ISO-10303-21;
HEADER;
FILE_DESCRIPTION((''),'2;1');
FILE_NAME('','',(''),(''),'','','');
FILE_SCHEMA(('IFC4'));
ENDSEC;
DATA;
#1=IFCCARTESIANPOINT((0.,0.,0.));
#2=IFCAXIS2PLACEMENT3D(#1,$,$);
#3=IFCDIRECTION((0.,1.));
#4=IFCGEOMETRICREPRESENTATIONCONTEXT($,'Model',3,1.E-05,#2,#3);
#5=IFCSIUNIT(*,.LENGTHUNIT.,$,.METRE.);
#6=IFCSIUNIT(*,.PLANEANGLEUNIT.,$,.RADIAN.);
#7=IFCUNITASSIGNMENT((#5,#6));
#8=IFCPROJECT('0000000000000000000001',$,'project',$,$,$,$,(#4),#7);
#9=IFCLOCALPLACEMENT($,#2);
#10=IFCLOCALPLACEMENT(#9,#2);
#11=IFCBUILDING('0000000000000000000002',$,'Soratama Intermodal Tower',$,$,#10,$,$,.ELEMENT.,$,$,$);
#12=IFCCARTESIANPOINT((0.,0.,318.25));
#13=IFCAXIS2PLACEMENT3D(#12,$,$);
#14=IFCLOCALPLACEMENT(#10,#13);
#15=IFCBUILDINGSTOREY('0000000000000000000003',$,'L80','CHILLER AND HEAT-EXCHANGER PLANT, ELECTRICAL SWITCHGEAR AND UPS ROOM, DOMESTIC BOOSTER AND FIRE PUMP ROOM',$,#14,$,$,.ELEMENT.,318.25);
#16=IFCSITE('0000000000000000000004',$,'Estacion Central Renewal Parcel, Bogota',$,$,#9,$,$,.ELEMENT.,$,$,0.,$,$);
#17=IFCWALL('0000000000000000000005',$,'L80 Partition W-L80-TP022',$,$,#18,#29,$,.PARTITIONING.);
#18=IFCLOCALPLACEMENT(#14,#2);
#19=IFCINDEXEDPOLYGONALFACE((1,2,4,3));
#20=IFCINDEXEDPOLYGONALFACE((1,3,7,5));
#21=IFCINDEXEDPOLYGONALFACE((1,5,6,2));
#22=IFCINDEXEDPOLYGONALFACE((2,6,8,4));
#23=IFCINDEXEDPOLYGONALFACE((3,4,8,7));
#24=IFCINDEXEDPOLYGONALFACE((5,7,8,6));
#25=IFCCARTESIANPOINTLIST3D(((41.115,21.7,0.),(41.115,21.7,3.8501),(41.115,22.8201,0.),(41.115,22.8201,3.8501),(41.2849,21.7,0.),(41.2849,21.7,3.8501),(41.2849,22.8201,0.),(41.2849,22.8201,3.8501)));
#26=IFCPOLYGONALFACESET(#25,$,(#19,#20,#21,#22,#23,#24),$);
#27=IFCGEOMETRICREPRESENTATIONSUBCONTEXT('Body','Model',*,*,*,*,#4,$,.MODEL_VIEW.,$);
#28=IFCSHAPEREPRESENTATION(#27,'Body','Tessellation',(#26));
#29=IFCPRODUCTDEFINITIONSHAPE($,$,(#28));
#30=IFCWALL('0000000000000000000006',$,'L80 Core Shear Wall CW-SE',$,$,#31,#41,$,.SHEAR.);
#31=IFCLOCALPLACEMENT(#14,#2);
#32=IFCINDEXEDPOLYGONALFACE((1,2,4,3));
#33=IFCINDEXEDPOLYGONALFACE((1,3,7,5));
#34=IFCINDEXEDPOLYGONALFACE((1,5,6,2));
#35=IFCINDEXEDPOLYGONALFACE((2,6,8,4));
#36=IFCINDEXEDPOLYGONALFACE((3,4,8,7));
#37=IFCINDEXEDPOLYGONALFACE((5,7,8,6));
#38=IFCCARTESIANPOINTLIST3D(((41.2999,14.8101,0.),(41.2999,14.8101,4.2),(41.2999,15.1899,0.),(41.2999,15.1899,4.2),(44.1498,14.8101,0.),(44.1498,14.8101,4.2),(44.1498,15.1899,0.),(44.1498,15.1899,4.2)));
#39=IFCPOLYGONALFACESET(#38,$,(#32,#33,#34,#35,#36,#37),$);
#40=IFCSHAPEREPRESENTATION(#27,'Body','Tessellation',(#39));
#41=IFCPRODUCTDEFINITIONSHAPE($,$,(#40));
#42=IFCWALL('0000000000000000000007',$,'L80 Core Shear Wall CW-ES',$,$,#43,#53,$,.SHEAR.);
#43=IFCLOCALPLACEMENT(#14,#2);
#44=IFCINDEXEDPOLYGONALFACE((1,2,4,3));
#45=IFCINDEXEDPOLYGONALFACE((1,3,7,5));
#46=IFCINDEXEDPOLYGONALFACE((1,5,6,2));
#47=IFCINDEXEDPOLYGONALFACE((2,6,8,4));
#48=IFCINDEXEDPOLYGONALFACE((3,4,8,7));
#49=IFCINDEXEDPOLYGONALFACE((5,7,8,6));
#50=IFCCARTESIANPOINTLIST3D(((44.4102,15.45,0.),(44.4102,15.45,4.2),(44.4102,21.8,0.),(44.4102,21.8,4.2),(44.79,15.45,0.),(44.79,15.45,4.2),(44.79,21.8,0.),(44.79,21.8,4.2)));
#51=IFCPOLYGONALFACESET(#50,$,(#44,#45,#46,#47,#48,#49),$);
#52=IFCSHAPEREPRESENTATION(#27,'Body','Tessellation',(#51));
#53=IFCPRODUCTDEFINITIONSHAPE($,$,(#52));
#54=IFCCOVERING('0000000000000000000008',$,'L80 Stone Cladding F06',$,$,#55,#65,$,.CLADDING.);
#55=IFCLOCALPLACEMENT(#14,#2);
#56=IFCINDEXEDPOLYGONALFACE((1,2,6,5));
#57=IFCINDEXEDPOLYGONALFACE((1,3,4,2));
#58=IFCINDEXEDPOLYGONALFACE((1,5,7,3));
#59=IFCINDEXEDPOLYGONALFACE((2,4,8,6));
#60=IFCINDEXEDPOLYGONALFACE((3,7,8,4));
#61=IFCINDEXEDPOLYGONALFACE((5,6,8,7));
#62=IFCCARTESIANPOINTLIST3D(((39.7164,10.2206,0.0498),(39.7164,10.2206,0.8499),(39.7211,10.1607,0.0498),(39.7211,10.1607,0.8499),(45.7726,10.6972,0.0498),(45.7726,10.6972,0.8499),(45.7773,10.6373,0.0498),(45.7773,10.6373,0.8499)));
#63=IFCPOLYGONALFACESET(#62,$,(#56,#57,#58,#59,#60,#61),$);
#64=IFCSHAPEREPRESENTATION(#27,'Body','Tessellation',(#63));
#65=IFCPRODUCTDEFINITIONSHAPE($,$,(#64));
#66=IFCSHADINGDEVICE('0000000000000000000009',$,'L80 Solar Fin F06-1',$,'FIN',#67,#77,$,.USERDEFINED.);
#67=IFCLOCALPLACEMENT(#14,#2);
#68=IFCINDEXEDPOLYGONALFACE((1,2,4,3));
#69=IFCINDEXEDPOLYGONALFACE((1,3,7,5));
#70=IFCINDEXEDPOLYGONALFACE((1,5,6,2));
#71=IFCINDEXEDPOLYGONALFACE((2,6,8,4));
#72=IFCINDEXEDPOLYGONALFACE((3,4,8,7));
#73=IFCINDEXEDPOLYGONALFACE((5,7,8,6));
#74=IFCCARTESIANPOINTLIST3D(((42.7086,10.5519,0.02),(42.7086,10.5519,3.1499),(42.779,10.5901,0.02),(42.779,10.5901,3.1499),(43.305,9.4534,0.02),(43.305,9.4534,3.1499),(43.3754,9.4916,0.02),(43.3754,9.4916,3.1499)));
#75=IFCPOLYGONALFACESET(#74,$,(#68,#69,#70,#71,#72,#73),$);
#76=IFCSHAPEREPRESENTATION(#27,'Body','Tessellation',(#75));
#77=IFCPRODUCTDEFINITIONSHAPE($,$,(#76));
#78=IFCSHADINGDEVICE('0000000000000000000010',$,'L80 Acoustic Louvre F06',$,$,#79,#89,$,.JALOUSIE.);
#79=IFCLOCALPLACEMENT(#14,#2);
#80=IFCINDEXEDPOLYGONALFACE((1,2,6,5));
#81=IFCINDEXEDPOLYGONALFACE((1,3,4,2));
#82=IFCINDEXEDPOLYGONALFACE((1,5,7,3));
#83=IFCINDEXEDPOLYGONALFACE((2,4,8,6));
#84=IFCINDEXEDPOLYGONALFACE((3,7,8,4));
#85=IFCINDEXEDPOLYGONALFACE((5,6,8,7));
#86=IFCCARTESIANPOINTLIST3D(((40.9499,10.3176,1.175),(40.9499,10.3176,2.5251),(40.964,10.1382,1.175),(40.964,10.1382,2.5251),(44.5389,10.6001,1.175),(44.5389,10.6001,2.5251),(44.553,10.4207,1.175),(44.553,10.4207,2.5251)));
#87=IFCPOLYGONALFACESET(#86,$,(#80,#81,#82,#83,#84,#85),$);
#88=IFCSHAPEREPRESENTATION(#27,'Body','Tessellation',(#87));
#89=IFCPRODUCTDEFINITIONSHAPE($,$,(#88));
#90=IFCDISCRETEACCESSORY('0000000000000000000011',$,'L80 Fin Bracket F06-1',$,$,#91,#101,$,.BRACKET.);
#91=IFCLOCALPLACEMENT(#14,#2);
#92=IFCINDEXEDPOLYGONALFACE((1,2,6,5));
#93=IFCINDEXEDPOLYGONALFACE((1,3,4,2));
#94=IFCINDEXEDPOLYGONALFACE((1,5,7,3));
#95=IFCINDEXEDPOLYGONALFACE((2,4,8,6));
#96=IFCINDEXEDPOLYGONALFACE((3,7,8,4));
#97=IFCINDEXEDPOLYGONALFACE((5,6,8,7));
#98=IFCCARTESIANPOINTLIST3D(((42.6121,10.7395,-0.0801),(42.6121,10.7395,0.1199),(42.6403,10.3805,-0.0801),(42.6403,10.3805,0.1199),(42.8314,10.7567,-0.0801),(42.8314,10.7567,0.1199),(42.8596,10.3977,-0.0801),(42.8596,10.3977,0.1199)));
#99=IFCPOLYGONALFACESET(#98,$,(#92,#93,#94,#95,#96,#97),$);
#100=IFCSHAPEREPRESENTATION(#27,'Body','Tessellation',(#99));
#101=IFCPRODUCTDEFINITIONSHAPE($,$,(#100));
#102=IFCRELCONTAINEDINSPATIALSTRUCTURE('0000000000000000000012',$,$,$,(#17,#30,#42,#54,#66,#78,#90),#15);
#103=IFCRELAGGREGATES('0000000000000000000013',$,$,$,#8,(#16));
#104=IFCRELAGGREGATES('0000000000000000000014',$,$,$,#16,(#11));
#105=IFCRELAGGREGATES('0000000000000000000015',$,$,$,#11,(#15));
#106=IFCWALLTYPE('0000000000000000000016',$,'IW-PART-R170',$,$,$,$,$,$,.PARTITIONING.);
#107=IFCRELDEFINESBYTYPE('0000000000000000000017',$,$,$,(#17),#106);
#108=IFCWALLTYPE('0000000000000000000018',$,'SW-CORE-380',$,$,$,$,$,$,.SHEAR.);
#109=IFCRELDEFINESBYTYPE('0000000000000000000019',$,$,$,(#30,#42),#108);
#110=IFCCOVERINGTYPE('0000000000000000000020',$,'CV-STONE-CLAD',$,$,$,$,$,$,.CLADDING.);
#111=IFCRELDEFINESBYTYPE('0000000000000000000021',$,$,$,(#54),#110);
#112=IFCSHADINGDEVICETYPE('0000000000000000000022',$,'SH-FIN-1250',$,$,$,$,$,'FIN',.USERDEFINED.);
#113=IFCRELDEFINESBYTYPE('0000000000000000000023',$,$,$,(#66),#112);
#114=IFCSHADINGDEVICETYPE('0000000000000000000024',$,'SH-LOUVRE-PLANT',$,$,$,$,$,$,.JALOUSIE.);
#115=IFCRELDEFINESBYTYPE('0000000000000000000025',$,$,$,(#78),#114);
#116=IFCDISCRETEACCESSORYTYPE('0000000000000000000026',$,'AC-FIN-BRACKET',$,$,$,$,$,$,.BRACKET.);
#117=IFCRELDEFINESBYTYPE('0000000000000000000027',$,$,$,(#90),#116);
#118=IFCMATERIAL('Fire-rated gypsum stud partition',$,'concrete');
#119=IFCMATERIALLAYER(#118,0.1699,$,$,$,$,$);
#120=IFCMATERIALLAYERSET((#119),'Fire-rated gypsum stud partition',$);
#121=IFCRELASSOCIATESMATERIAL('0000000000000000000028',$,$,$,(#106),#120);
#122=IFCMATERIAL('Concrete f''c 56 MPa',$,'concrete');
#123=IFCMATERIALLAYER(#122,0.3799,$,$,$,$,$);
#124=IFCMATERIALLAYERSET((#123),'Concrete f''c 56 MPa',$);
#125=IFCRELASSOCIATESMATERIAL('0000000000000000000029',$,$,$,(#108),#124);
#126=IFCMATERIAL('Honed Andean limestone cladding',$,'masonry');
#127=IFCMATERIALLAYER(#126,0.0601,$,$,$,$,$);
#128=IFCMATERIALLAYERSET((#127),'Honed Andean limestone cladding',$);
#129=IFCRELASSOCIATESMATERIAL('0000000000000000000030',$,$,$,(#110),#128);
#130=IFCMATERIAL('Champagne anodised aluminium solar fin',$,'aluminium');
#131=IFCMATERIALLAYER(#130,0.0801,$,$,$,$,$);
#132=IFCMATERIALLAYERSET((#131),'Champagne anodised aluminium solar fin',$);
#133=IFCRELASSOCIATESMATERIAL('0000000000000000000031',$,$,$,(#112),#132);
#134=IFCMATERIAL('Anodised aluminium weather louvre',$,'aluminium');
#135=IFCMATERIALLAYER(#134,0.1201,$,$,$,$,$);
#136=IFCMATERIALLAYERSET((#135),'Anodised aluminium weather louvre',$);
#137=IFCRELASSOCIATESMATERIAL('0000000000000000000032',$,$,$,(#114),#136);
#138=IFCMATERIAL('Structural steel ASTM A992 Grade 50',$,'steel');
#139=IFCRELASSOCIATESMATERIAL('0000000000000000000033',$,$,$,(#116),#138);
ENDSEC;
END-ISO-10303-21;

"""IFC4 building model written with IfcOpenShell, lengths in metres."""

from ifc_helpers import new_model, si_unit, direction, frame, frame_2d, origin, origin_2d, place, context, subcontext, project, spatial, rectangle, extrude, material, layer, layer_set, type_object, element, save


model = new_model("IFC4")

# Units and contexts
model_context = context("Model", 3, precision=1e-05, world=origin(), true_north=direction((0.0, 1.0)))
body_context = subcontext(model_context, "Body", "Model", "MODEL_VIEW")
ifc_project = project(units=[si_unit("LENGTHUNIT", "METRE"), si_unit("PLANEANGLEUNIT", "RADIAN")], contexts=[model_context])

# Site, building, storey
site_placement = place(None, origin())
site = spatial("IfcSite", under=ifc_project, at=site_placement, Name="Estacion Central Renewal Parcel, Bogota", CompositionType="ELEMENT", RefElevation=0.0)
building_placement = place(site_placement, origin())
building = spatial("IfcBuilding", under=site, at=building_placement, Name="Soratama Intermodal Tower", CompositionType="ELEMENT")
storey_placement = place(building_placement, frame((0.0, 0.0, 318.25)))
storey = spatial("IfcBuildingStorey", under=building, at=storey_placement, Name="L80", Description="CHILLER AND HEAT-EXCHANGER PLANT, ELECTRICAL SWITCHGEAR AND UPS ROOM, DOMESTIC BOOSTER AND FIRE PUMP ROOM", CompositionType="ELEMENT", Elevation=318.25)

# Shared definitions
ifc_material_1 = material(Name="Fire-rated gypsum stud partition", Category="concrete")
ifc_layer_1 = layer(ifc_material_1, 0.1699)
ifc_layer_set_1 = layer_set([ifc_layer_1], Name="Fire-rated gypsum stud partition")
wall_type_1 = type_object("IfcWallType", Name="IW-PART-R170", PredefinedType="PARTITIONING", material=ifc_layer_set_1)

# Walls
wall_1_placement = place(storey_placement, frame((41.2, 21.7, 0.0), z_axis=(0.0, 0.0, 1.0), x_axis=(0.0, 1.0, 0.0)))
element("IfcWall", 1, at=wall_1_placement, inside=storey, type_object=wall_type_1, Name="L80 Partition W-L80-TP022", PredefinedType="PARTITIONING", context=body_context, shape_type="SweptSolid", body=[
    extrude(rectangle(XDim=1.1201, YDim=0.1699, at=frame_2d((0.5601, 0.0))), origin(), (0.0, 0.0, 1.0), 3.8501),
])
ifc_material_2 = material(Name="Concrete f'c 56 MPa", Category="concrete")
ifc_layer_2 = layer(ifc_material_2, 0.3799)
ifc_layer_set_2 = layer_set([ifc_layer_2], Name="Concrete f'c 56 MPa")
wall_type_2 = type_object("IfcWallType", Name="SW-CORE-380", PredefinedType="SHEAR", material=ifc_layer_set_2)
wall_2_placement = place(storey_placement, frame((41.3, 15.0, 0.0), z_axis=(0.0, 0.0, 1.0), x_axis=(1.0, 0.0, 0.0)))
element("IfcWall", 2, at=wall_2_placement, inside=storey, type_object=wall_type_2, Name="L80 Core Shear Wall CW-SE", PredefinedType="SHEAR", context=body_context, shape_type="SweptSolid", body=[
    extrude(rectangle(XDim=2.8499, YDim=0.3799, at=frame_2d((1.4248, 0.0))), origin(), (0.0, 0.0, 1.0), 4.2),
])
wall_3_placement = place(storey_placement, frame((44.6001, 15.45, 0.0), z_axis=(0.0, 0.0, 1.0), x_axis=(0.0, 1.0, 0.0)))
element("IfcWall", 3, at=wall_3_placement, inside=storey, type_object=wall_type_2, Name="L80 Core Shear Wall CW-ES", PredefinedType="SHEAR", context=body_context, shape_type="SweptSolid", body=[
    extrude(rectangle(XDim=6.3501, YDim=0.3799, at=frame_2d((3.175, 0.0))), origin(), (0.0, 0.0, 1.0), 4.2),
])

# Covering
ifc_material_3 = material(Name="Honed Andean limestone cladding", Category="masonry")
ifc_layer_3 = layer(ifc_material_3, 0.0601)
ifc_layer_set_3 = layer_set([ifc_layer_3], Name="Honed Andean limestone cladding")
covering_type = type_object("IfcCoveringType", Name="CV-STONE-CLAD", PredefinedType="CLADDING", material=ifc_layer_set_3)
covering_placement = place(storey_placement, frame((42.7468, 10.429, 0.0498), z_axis=(0.0, 0.0, 1.0), x_axis=(0.996917, 0.078459, 0.0)))
element("IfcCovering", 4, at=covering_placement, inside=storey, type_object=covering_type, Name="L80 Stone Cladding F06", PredefinedType="CLADDING", context=body_context, shape_type="SweptSolid", body=[
    extrude(rectangle(XDim=6.075, YDim=0.0601, at=origin_2d()), origin(), (0.0, 0.0, 1.0), 0.8),
])

# Shading devices
ifc_material_4 = material(Name="Champagne anodised aluminium solar fin", Category="aluminium")
ifc_layer_4 = layer(ifc_material_4, 0.0801)
ifc_layer_set_4 = layer_set([ifc_layer_4], Name="Champagne anodised aluminium solar fin")
shading_device_type_1 = type_object("IfcShadingDeviceType", Name="SH-FIN-1250", ElementType="FIN", PredefinedType="USERDEFINED", material=ifc_layer_set_4)
shading_device_1_placement = place(storey_placement, frame((43.042, 10.0217, 0.02), z_axis=(0.0, 0.0, 1.0), x_axis=(0.477159, -0.878817, 0.0)))
element("IfcShadingDevice", 5, at=shading_device_1_placement, inside=storey, type_object=shading_device_type_1, Name="L80 Solar Fin F06-1", ObjectType="FIN", PredefinedType="USERDEFINED", context=body_context, shape_type="SweptSolid", body=[
    extrude(rectangle(XDim=1.25, YDim=0.0801, at=origin_2d()), origin(), (0.0, 0.0, 1.0), 3.1299),
])
ifc_material_5 = material(Name="Anodised aluminium weather louvre", Category="aluminium")
ifc_layer_5 = layer(ifc_material_5, 0.1201)
ifc_layer_set_5 = layer_set([ifc_layer_5], Name="Anodised aluminium weather louvre")
shading_device_type_2 = type_object("IfcShadingDeviceType", Name="SH-LOUVRE-PLANT", PredefinedType="JALOUSIE", material=ifc_layer_set_5)
shading_device_2_placement = place(storey_placement, frame((42.7515, 10.3691, 1.175), z_axis=(0.0, 0.0, 1.0), x_axis=(0.996917, 0.078459, 0.0)))
element("IfcShadingDevice", 6, at=shading_device_2_placement, inside=storey, type_object=shading_device_type_2, Name="L80 Acoustic Louvre F06", PredefinedType="JALOUSIE", context=body_context, shape_type="SweptSolid", body=[
    extrude(rectangle(XDim=3.6001, YDim=0.1799, at=origin_2d()), origin(), (0.0, 0.0, 1.0), 1.3501),
])

# Discrete accessory
ifc_material_6 = material(Name="Structural steel ASTM A992 Grade 50", Category="steel")
discrete_accessory_type = type_object("IfcDiscreteAccessoryType", Name="AC-FIN-BRACKET", PredefinedType="BRACKET", material=ifc_material_6)
discrete_accessory_placement = place(storey_placement, frame((42.7358, 10.5686, -0.0801), z_axis=(0.0, 0.0, 1.0), x_axis=(0.078459, -0.996917, 0.0)))
element("IfcDiscreteAccessory", 7, at=discrete_accessory_placement, inside=storey, type_object=discrete_accessory_type, Name="L80 Fin Bracket F06-1", PredefinedType="BRACKET", context=body_context, shape_type="SweptSolid", body=[
    extrude(rectangle(XDim=0.3601, YDim=0.22, at=origin_2d()), origin(), (0.0, 0.0, 1.0), 0.2),
])

save(model, "model.ifc")
